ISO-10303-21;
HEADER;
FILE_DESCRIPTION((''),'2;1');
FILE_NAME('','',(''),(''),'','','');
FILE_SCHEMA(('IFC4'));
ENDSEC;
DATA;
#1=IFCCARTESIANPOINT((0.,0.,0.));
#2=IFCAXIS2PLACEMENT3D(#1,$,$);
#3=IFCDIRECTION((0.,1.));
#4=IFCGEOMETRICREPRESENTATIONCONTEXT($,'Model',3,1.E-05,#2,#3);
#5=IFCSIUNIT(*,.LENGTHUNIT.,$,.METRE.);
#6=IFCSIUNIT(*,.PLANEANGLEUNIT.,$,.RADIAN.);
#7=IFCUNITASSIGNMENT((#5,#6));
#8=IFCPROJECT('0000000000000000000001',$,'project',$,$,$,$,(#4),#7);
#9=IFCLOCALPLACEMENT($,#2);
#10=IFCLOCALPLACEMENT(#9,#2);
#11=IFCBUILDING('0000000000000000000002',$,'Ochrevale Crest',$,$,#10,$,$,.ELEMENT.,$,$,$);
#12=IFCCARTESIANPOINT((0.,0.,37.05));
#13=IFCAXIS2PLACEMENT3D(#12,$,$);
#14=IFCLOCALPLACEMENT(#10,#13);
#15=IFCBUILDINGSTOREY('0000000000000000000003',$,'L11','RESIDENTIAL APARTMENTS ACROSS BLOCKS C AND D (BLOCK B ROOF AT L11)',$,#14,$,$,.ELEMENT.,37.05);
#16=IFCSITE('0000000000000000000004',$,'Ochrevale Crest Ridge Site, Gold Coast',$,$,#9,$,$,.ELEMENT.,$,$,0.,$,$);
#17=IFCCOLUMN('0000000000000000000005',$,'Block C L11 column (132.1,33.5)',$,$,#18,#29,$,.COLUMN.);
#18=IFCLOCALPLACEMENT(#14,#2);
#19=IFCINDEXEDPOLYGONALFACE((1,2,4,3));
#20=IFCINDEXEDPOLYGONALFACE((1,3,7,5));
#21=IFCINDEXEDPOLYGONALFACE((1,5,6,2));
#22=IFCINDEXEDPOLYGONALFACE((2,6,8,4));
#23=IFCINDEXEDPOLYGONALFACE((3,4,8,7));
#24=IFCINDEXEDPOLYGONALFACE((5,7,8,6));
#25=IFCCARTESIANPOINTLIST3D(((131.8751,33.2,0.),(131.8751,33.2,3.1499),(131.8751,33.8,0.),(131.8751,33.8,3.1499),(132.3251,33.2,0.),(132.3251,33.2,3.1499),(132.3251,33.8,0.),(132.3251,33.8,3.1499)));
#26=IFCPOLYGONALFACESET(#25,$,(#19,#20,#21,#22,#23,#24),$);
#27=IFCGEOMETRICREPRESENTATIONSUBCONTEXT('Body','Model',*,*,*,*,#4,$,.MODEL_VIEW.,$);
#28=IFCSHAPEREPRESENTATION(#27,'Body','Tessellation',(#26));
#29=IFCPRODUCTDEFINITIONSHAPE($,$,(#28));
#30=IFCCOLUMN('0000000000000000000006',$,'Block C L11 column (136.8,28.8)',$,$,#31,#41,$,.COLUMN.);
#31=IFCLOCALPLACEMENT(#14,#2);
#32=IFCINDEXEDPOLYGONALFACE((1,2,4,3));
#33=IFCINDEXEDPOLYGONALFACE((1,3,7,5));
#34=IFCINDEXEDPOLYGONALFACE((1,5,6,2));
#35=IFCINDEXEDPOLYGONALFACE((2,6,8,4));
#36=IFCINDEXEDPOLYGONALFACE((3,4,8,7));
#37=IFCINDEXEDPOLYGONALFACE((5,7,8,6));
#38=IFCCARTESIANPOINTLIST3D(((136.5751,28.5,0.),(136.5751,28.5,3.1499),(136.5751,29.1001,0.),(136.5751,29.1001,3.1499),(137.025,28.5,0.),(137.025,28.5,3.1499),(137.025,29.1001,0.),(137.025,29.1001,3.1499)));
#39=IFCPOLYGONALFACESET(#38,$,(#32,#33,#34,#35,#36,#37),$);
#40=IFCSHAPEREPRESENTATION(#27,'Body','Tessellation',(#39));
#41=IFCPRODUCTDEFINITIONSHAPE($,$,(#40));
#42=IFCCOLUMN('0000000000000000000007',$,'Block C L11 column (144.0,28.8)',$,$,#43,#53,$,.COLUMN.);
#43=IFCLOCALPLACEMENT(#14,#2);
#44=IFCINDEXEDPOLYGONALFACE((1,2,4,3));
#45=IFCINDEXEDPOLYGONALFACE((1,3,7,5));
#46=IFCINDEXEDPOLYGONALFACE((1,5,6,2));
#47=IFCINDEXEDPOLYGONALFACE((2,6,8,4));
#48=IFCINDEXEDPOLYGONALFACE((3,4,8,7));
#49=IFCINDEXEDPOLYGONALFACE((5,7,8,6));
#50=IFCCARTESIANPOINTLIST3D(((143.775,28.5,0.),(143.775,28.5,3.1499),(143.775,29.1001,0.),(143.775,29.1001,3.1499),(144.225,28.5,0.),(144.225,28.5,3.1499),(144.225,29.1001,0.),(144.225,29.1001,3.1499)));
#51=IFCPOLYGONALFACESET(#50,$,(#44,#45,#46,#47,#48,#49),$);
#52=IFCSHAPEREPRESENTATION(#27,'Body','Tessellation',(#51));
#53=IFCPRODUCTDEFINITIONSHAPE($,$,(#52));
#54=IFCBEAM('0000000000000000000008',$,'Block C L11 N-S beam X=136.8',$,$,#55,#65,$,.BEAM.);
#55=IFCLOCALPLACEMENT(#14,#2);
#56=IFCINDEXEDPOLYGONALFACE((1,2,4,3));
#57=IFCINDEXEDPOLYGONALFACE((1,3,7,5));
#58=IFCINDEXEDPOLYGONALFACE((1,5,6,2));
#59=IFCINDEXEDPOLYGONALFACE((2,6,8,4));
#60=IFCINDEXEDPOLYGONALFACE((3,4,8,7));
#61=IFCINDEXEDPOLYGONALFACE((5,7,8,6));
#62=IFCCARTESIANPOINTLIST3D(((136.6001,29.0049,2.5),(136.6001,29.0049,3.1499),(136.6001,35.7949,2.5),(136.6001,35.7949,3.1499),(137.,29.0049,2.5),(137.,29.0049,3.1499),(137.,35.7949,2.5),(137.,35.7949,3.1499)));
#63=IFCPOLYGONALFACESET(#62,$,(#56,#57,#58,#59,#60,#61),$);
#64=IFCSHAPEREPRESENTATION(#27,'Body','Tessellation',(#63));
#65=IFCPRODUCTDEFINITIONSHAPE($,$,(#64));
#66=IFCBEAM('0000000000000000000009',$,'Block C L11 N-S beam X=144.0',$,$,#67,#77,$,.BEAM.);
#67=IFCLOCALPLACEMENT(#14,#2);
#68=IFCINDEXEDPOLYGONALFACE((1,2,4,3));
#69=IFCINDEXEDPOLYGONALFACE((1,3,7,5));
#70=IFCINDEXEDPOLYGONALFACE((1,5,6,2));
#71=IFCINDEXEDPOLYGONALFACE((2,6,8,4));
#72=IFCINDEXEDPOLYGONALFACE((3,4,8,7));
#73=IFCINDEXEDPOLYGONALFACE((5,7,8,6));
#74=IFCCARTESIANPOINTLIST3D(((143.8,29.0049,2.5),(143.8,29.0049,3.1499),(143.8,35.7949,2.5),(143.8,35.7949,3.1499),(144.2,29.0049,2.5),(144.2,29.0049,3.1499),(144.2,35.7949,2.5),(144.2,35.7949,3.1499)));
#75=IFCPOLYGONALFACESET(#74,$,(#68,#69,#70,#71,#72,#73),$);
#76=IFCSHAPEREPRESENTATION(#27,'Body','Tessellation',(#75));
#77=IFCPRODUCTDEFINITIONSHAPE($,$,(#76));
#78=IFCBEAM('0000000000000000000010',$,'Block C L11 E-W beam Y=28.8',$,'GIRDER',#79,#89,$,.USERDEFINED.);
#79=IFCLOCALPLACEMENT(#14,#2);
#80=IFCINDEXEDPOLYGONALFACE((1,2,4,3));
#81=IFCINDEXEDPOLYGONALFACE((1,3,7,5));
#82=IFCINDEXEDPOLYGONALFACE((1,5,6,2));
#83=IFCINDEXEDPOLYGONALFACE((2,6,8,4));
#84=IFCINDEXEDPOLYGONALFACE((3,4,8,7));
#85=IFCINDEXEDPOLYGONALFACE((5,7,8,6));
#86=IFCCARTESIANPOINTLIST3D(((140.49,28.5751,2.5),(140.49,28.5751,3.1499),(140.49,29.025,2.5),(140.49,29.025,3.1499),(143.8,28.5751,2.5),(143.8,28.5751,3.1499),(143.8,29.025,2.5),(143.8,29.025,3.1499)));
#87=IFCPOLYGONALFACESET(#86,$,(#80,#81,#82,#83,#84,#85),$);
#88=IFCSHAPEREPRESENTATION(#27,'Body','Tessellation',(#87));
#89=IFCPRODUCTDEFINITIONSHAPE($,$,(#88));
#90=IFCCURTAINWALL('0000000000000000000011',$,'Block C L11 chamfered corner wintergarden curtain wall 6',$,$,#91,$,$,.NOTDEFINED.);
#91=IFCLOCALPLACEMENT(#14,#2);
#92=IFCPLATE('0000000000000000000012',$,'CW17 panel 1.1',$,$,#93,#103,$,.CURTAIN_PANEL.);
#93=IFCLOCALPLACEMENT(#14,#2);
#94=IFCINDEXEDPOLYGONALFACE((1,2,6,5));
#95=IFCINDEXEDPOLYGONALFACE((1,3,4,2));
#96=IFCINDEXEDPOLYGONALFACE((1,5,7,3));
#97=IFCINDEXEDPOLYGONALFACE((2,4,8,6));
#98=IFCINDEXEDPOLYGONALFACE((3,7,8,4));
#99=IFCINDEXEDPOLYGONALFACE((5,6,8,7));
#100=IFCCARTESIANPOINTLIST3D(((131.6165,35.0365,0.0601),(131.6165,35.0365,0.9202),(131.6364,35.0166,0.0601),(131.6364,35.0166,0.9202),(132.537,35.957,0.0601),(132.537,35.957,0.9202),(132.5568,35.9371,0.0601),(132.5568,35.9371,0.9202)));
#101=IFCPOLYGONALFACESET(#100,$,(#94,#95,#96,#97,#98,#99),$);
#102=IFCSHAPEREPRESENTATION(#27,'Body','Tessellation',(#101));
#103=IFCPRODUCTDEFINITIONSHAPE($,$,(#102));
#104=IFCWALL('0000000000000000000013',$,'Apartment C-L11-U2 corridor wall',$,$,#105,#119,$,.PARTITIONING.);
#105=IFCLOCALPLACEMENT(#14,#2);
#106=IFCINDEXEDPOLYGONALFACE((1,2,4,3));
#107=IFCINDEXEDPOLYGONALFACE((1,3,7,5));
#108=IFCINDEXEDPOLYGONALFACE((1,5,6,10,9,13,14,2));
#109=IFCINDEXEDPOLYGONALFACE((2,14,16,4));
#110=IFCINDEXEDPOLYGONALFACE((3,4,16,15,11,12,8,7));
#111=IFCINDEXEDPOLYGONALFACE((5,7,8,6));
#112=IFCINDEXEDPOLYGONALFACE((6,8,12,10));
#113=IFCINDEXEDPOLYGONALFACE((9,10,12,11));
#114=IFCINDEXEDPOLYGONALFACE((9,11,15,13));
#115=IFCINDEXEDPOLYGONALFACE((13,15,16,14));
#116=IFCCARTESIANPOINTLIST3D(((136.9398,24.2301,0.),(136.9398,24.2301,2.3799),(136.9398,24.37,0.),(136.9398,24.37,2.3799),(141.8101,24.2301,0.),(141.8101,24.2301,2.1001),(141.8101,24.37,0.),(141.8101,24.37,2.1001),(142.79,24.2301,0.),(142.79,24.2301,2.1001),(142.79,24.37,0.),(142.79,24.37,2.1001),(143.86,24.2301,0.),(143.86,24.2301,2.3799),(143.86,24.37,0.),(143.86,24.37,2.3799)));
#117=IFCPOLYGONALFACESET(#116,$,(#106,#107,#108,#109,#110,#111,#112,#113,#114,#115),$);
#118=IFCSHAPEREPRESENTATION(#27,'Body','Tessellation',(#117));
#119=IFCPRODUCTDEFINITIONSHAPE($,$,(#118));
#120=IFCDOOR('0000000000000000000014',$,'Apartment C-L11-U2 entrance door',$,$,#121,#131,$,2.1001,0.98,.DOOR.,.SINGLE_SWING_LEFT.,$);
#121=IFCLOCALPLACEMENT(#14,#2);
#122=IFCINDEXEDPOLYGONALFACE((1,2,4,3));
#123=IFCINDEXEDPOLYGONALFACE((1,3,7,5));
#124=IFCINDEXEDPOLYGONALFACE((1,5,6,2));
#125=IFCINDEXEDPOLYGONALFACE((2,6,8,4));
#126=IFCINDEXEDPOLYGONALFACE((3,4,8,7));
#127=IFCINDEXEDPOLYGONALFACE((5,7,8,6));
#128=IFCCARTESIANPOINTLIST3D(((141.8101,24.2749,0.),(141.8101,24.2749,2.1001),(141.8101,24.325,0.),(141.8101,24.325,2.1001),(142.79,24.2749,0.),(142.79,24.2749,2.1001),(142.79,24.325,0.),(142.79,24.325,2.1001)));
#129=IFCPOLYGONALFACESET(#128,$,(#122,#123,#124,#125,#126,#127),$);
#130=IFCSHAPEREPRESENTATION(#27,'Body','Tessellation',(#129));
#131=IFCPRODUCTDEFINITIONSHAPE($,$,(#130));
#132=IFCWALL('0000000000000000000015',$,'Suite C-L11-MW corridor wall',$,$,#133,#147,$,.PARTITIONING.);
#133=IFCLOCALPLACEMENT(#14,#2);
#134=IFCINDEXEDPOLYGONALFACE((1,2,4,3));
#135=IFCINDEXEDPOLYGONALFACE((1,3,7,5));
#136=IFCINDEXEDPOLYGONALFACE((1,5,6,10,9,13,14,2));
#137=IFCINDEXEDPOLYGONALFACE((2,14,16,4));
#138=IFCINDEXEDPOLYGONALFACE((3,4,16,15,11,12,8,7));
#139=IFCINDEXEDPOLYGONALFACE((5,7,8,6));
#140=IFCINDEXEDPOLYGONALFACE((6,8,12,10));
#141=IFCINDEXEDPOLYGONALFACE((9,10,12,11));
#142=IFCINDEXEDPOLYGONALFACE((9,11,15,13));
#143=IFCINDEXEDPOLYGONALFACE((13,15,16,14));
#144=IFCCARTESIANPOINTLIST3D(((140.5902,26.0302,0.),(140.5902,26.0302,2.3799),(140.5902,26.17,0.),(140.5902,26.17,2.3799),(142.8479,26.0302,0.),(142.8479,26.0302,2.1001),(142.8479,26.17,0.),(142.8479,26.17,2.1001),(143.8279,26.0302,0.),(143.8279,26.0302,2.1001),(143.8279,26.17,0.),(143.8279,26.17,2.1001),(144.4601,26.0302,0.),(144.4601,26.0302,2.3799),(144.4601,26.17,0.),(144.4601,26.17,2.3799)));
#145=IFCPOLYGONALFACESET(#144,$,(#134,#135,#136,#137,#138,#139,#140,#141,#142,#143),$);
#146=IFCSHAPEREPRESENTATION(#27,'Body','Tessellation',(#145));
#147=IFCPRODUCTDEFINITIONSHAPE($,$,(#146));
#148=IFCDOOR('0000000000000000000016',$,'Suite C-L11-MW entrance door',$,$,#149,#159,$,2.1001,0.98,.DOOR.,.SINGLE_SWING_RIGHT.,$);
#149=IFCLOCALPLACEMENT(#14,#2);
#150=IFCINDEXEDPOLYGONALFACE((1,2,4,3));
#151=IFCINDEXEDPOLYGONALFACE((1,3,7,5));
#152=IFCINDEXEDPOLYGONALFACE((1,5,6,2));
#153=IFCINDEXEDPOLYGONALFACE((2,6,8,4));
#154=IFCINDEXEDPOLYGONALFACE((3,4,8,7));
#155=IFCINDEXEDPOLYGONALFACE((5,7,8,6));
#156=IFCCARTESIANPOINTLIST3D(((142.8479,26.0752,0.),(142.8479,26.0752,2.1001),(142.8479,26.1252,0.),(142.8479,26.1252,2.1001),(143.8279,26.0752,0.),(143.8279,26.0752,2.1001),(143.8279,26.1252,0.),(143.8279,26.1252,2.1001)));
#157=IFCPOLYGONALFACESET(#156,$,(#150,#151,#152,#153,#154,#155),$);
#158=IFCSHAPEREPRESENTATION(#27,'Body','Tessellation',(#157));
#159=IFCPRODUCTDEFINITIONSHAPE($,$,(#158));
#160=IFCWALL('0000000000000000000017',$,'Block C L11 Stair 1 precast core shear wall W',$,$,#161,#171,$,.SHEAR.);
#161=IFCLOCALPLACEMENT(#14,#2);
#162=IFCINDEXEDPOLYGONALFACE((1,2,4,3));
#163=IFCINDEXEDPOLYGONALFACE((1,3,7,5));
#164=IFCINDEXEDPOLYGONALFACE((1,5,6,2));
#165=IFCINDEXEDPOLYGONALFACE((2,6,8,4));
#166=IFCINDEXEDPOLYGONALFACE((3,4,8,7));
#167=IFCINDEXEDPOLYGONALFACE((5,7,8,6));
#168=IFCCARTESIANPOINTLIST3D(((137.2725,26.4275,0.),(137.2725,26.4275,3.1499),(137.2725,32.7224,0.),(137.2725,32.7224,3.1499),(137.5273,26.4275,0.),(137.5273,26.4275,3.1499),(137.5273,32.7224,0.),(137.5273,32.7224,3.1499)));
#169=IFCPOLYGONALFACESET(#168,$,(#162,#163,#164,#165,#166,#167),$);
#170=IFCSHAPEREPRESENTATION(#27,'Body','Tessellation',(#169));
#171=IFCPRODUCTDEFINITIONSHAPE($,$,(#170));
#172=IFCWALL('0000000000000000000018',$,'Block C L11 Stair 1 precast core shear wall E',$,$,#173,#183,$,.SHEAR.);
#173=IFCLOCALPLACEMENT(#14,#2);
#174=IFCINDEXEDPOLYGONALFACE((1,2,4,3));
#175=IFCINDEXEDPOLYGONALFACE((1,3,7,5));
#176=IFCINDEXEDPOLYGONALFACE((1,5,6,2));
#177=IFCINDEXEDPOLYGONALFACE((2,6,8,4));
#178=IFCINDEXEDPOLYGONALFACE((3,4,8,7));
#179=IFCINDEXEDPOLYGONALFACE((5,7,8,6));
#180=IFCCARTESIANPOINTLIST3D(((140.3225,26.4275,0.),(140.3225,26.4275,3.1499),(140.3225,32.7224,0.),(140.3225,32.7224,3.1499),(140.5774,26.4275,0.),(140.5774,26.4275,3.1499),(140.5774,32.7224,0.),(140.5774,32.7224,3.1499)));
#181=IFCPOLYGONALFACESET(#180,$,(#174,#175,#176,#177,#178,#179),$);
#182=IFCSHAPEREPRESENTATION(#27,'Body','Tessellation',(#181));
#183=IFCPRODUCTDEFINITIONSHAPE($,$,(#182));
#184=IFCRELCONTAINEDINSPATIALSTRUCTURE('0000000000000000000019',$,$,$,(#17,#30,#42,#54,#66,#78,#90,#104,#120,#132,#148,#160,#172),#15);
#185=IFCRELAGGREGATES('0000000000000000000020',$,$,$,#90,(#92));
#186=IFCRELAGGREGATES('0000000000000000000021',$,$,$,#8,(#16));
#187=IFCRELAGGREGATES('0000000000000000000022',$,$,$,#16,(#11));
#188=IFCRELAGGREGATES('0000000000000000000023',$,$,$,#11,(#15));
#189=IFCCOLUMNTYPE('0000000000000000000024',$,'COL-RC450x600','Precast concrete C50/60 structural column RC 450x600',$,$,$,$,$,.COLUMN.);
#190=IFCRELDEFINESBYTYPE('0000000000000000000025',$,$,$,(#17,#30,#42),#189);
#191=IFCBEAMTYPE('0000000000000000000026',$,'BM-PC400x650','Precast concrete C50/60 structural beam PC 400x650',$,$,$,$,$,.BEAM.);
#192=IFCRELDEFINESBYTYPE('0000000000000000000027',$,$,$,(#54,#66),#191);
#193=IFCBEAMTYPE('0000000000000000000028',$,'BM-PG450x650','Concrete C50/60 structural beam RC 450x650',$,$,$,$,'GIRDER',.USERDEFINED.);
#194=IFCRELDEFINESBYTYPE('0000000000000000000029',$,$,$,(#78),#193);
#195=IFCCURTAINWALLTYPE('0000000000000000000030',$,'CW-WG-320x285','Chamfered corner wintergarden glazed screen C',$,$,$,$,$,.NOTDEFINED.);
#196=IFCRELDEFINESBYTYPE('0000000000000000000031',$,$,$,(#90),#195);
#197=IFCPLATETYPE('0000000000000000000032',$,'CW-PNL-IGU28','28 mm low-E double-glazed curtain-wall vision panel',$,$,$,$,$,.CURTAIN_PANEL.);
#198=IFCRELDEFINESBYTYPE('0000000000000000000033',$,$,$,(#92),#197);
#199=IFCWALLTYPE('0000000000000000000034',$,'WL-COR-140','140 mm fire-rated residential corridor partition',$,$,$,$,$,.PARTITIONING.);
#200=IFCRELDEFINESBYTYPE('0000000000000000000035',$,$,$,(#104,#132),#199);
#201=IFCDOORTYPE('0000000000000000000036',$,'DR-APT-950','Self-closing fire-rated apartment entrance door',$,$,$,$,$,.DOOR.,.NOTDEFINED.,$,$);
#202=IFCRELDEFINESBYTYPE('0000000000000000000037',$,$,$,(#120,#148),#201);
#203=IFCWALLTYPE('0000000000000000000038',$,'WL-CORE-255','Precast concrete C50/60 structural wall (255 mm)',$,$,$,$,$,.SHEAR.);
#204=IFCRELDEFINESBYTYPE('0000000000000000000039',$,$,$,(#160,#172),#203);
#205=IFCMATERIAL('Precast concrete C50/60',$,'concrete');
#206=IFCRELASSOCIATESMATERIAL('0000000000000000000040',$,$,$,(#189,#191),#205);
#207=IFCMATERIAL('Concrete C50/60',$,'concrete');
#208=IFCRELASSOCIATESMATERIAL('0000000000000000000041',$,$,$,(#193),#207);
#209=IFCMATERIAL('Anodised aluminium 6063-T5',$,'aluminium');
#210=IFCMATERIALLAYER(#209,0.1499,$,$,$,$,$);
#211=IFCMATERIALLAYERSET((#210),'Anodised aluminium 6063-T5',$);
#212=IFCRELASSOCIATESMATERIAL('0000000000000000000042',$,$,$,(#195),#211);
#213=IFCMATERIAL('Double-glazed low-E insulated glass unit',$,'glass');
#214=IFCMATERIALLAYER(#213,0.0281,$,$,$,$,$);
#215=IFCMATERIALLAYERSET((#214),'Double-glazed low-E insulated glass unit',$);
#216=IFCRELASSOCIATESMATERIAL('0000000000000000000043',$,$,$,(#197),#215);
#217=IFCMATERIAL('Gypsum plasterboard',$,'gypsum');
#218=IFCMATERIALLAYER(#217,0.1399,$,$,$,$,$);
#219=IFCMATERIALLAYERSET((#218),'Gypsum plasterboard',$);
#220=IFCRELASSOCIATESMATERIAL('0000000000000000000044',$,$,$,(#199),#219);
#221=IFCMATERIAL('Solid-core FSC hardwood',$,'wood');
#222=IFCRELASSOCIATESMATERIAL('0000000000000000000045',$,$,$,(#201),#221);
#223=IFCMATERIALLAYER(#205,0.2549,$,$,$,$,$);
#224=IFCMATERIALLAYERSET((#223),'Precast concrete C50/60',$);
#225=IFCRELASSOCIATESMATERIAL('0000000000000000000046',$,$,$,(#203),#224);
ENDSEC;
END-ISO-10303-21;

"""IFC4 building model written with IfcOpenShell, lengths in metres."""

from ifc_helpers import new_model, si_unit, direction, frame, frame_2d, origin, origin_2d, place, context, subcontext, project, spatial, rectangle, extrude, material, layer, layer_set, material_profile, profile_set, type_object, element, fill, aggregate, save


model = new_model("IFC4")

# Units and contexts
model_context = context("Model", 3, precision=1e-05, world=origin(), true_north=direction((0.0, 1.0)))
body_context = subcontext(model_context, "Body", "Model", "MODEL_VIEW")
ifc_project = project(units=[si_unit("LENGTHUNIT", "METRE"), si_unit("PLANEANGLEUNIT", "RADIAN")], contexts=[model_context])

# Site, building, storey
site_placement = place(None, origin())
site = spatial("IfcSite", under=ifc_project, at=site_placement, Name="Ochrevale Crest Ridge Site, Gold Coast", CompositionType="ELEMENT", RefElevation=0.0)
building_placement = place(site_placement, origin())
building = spatial("IfcBuilding", under=site, at=building_placement, Name="Ochrevale Crest", CompositionType="ELEMENT")
storey_placement = place(building_placement, frame((0.0, 0.0, 37.05)))
storey = spatial("IfcBuildingStorey", under=building, at=storey_placement, Name="L11", Description="RESIDENTIAL APARTMENTS ACROSS BLOCKS C AND D (BLOCK B ROOF AT L11)", CompositionType="ELEMENT", Elevation=37.05)

# Columns
ifc_material_1 = material(Name="Precast concrete C50/60", Category="concrete")
ifc_material_profile_1 = material_profile(ifc_material_1, rectangle(XDim=0.45, YDim=0.6001, at=origin_2d()), Name="RC 450x600")
ifc_profile_set_1 = profile_set([ifc_material_profile_1], Name="Precast concrete C50/60")
column_type = type_object("IfcColumnType", Name="COL-RC450x600", Description="Precast concrete C50/60 structural column RC 450x600", PredefinedType="COLUMN", material=ifc_profile_set_1)
for number, where, z_axis, x_axis, name in (
    (1, (132.1001, 33.5, 0.0), (0.0, 0.0, 1.0), (1.0, 0.0, 0.0), "Block C L11 column (132.1,33.5)"),
    (2, (136.8, 28.8, 0.0), (0.0, 0.0, 1.0), (1.0, 0.0, 0.0), "Block C L11 column (136.8,28.8)"),
    (3, (144.0, 28.8, 0.0), (0.0, 0.0, 1.0), (1.0, 0.0, 0.0), "Block C L11 column (144.0,28.8)"),
):
    element("IfcColumn", number, at=place(storey_placement, frame(where, z_axis=z_axis, x_axis=x_axis)), inside=storey, type_object=column_type, Name=name, PredefinedType="COLUMN", context=body_context, shape_type="SweptSolid", body=[
        extrude(rectangle(XDim=0.45, YDim=0.6001, at=origin_2d()), origin(), (0.0, 0.0, 1.0), 3.1499),
    ])

# Beams
ifc_material_profile_2 = material_profile(ifc_material_1, rectangle(XDim=0.3999, YDim=0.6499, at=origin_2d()), Name="PC 400x650")
ifc_profile_set_2 = profile_set([ifc_material_profile_2], Name="Precast concrete C50/60")
beam_type_1 = type_object("IfcBeamType", Name="BM-PC400x650", Description="Precast concrete C50/60 structural beam PC 400x650", PredefinedType="BEAM", material=ifc_profile_set_2)
for number, where, z_axis, x_axis, name in (
    (4, (136.8, 29.0049, 2.825), (0.0, 1.0, 0.0), (-1.0, 0.0, 0.0), "Block C L11 N-S beam X=136.8"),
    (5, (144.0, 29.0049, 2.825), (0.0, 1.0, 0.0), (-1.0, 0.0, 0.0), "Block C L11 N-S beam X=144.0"),
):
    element("IfcBeam", number, at=place(storey_placement, frame(where, z_axis=z_axis, x_axis=x_axis)), inside=storey, type_object=beam_type_1, Name=name, PredefinedType="BEAM", context=body_context, shape_type="SweptSolid", body=[
        extrude(rectangle(XDim=0.3999, YDim=0.6499, at=origin_2d()), origin(), (0.0, 0.0, 1.0), 6.79),
    ])
ifc_material_2 = material(Name="Concrete C50/60", Category="concrete")
ifc_material_profile_3 = material_profile(ifc_material_2, rectangle(XDim=0.45, YDim=0.6499, at=origin_2d()), Name="RC 450x650")
ifc_profile_set_3 = profile_set([ifc_material_profile_3], Name="Concrete C50/60")
beam_type_2 = type_object("IfcBeamType", Name="BM-PG450x650", Description="Concrete C50/60 structural beam RC 450x650", ElementType="GIRDER", PredefinedType="USERDEFINED", material=ifc_profile_set_3)
beam_placement = place(storey_placement, frame((140.49, 28.8, 2.825), z_axis=(1.0, 0.0, 0.0), x_axis=(0.0, 1.0, 0.0)))
element("IfcBeam", 6, at=beam_placement, inside=storey, type_object=beam_type_2, Name="Block C L11 E-W beam Y=28.8", ObjectType="GIRDER", PredefinedType="USERDEFINED", context=body_context, shape_type="SweptSolid", body=[
    extrude(rectangle(XDim=0.45, YDim=0.6499, at=origin_2d()), origin(), (0.0, 0.0, 1.0), 3.3101),
])

# Curtain wall, plate
ifc_material_3 = material(Name="Anodised aluminium 6063-T5", Category="aluminium")
ifc_layer_1 = layer(ifc_material_3, 0.1499)
ifc_layer_set_1 = layer_set([ifc_layer_1], Name="Anodised aluminium 6063-T5")
curtain_wall_type = type_object("IfcCurtainWallType", Name="CW-WG-320x285", Description="Chamfered corner wintergarden glazed screen C", PredefinedType="NOTDEFINED", material=ifc_layer_set_1)
curtain_wall_placement = place(storey_placement, origin())
curtain_wall = element("IfcCurtainWall", 7, at=curtain_wall_placement, inside=storey, type_object=curtain_wall_type, Name="Block C L11 chamfered corner wintergarden curtain wall 6", PredefinedType="NOTDEFINED")
ifc_material_4 = material(Name="Double-glazed low-E insulated glass unit", Category="glass")
ifc_layer_2 = layer(ifc_material_4, 0.0281)
ifc_layer_set_2 = layer_set([ifc_layer_2], Name="Double-glazed low-E insulated glass unit")
plate_type = type_object("IfcPlateType", Name="CW-PNL-IGU28", Description="28 mm low-E double-glazed curtain-wall vision panel", PredefinedType="CURTAIN_PANEL", material=ifc_layer_set_2)
plate_placement = place(storey_placement, frame((132.0867, 35.4868, 0.0601), z_axis=(0.0, 0.0, 1.0), x_axis=(-0.707107, -0.707107, 0.0)))
plate = element("IfcPlate", 8, at=plate_placement, type_object=plate_type, Name="CW17 panel 1.1", PredefinedType="CURTAIN_PANEL", context=body_context, shape_type="SweptSolid", body=[
    extrude(rectangle(XDim=1.3018, YDim=0.0281, at=origin_2d()), origin(), (0.0, 0.0, 1.0), 0.8601),
])
aggregate(curtain_wall, [plate])

# Walls, openings, doors
ifc_material_5 = material(Name="Gypsum plasterboard", Category="gypsum")
ifc_layer_3 = layer(ifc_material_5, 0.1399)
ifc_layer_set_3 = layer_set([ifc_layer_3], Name="Gypsum plasterboard")
wall_type_1 = type_object("IfcWallType", Name="WL-COR-140", Description="140 mm fire-rated residential corridor partition", PredefinedType="PARTITIONING", material=ifc_layer_set_3)
wall_1_placement = place(storey_placement, frame((136.9399, 24.3, 0.0), z_axis=(0.0, 0.0, 1.0), x_axis=(1.0, 0.0, 0.0)))
wall_1 = element("IfcWall", 9, at=wall_1_placement, inside=storey, type_object=wall_type_1, Name="Apartment C-L11-U2 corridor wall", PredefinedType="PARTITIONING", context=body_context, shape_type="SweptSolid", body=[
    extrude(rectangle(XDim=6.9202, YDim=0.1399, at=frame_2d((3.46, 0.0))), origin(), (0.0, 0.0, 1.0), 2.3799),
])
opening_1_placement = place(wall_1_placement, frame((4.8701, 0.0, 0.0)))
opening_1 = element("IfcOpeningElement", 10, at=opening_1_placement, cuts=wall_1, PredefinedType="OPENING", context=body_context, shape_type="SweptSolid", body=[
    extrude(rectangle(XDim=0.98, YDim=2.1001, at=frame_2d((0.49, 1.05))), frame((0.0, 0.0801, 0.0), z_axis=(0.0, -1.0, 0.0), x_axis=(1.0, 0.0, 0.0)), (0.0, 0.0, 1.0), 0.1599),
])
ifc_material_6 = material(Name="Solid-core FSC hardwood", Category="wood")
door_type_1 = type_object("IfcDoorType", Name="DR-APT-950", Description="Self-closing fire-rated apartment entrance door", OperationType="NOTDEFINED", PredefinedType="DOOR", material=ifc_material_6)
door_1_placement = place(opening_1_placement, origin())
door_1 = element("IfcDoor", 11, at=door_1_placement, inside=storey, type_object=door_type_1, Name="Apartment C-L11-U2 entrance door", OperationType="SINGLE_SWING_LEFT", OverallHeight=2.1001, OverallWidth=0.98, PredefinedType="DOOR", context=body_context, shape_type="SweptSolid", body=[
    extrude(rectangle(XDim=0.98, YDim=2.1001, at=frame_2d((0.49, 1.05))), frame((0.0, 0.0249, 0.0), z_axis=(0.0, -1.0, 0.0), x_axis=(1.0, 0.0, 0.0)), (0.0, 0.0, 1.0), 0.05),
])
fill(opening_1, door_1)
wall_2_placement = place(storey_placement, frame((140.5901, 26.1001, 0.0), z_axis=(0.0, 0.0, 1.0), x_axis=(1.0, 0.0, 0.0)))
wall_2 = element("IfcWall", 12, at=wall_2_placement, inside=storey, type_object=wall_type_1, Name="Suite C-L11-MW corridor wall", PredefinedType="PARTITIONING", context=body_context, shape_type="SweptSolid", body=[
    extrude(rectangle(XDim=3.8699, YDim=0.1399, at=frame_2d((1.9351, 0.0))), origin(), (0.0, 0.0, 1.0), 2.3799),
])
opening_2_placement = place(wall_2_placement, frame((3.2378, 0.0, 0.0), z_axis=(0.0, 0.0, 1.0), x_axis=(-1.0, 0.0, 0.0)))
opening_2 = element("IfcOpeningElement", 13, at=opening_2_placement, cuts=wall_2, PredefinedType="OPENING", context=body_context, shape_type="SweptSolid", body=[
    extrude(rectangle(XDim=0.98, YDim=2.1001, at=frame_2d((0.49, 1.05))), frame((0.0, 0.0801, 0.0), z_axis=(0.0, -1.0, 0.0), x_axis=(1.0, 0.0, 0.0)), (0.0, 0.0, 1.0), 0.1599),
])
door_2_placement = place(opening_2_placement, origin())
door_2 = element("IfcDoor", 14, at=door_2_placement, inside=storey, type_object=door_type_1, Name="Suite C-L11-MW entrance door", OperationType="SINGLE_SWING_RIGHT", OverallHeight=2.1001, OverallWidth=0.98, PredefinedType="DOOR", context=body_context, shape_type="SweptSolid", body=[
    extrude(rectangle(XDim=0.98, YDim=2.1001, at=frame_2d((0.49, 1.05))), frame((0.0, 0.0249, 0.0), z_axis=(0.0, -1.0, 0.0), x_axis=(1.0, 0.0, 0.0)), (0.0, 0.0, 1.0), 0.05),
])
fill(opening_2, door_2)
ifc_layer_4 = layer(ifc_material_1, 0.2549)
ifc_layer_set_4 = layer_set([ifc_layer_4], Name="Precast concrete C50/60")
wall_type_2 = type_object("IfcWallType", Name="WL-CORE-255", Description="Precast concrete C50/60 structural wall (255 mm)", PredefinedType="SHEAR", material=ifc_layer_set_4)

# Walls
for number, where, z_axis, x_axis, name in (
    (15, (137.3999, 26.4275, 0.0), (0.0, 0.0, 1.0), (0.0, 1.0, 0.0), "Block C L11 Stair 1 precast core shear wall W"),
    (16, (140.45, 26.4275, 0.0), (0.0, 0.0, 1.0), (0.0, 1.0, 0.0), "Block C L11 Stair 1 precast core shear wall E"),
):
    element("IfcWall", number, at=place(storey_placement, frame(where, z_axis=z_axis, x_axis=x_axis)), inside=storey, type_object=wall_type_2, Name=name, PredefinedType="SHEAR", context=body_context, shape_type="SweptSolid", body=[
        extrude(rectangle(XDim=6.2949, YDim=0.2549, at=frame_2d((3.1475, 0.0))), origin(), (0.0, 0.0, 1.0), 3.1499),
    ])

save(model, "model.ifc")
